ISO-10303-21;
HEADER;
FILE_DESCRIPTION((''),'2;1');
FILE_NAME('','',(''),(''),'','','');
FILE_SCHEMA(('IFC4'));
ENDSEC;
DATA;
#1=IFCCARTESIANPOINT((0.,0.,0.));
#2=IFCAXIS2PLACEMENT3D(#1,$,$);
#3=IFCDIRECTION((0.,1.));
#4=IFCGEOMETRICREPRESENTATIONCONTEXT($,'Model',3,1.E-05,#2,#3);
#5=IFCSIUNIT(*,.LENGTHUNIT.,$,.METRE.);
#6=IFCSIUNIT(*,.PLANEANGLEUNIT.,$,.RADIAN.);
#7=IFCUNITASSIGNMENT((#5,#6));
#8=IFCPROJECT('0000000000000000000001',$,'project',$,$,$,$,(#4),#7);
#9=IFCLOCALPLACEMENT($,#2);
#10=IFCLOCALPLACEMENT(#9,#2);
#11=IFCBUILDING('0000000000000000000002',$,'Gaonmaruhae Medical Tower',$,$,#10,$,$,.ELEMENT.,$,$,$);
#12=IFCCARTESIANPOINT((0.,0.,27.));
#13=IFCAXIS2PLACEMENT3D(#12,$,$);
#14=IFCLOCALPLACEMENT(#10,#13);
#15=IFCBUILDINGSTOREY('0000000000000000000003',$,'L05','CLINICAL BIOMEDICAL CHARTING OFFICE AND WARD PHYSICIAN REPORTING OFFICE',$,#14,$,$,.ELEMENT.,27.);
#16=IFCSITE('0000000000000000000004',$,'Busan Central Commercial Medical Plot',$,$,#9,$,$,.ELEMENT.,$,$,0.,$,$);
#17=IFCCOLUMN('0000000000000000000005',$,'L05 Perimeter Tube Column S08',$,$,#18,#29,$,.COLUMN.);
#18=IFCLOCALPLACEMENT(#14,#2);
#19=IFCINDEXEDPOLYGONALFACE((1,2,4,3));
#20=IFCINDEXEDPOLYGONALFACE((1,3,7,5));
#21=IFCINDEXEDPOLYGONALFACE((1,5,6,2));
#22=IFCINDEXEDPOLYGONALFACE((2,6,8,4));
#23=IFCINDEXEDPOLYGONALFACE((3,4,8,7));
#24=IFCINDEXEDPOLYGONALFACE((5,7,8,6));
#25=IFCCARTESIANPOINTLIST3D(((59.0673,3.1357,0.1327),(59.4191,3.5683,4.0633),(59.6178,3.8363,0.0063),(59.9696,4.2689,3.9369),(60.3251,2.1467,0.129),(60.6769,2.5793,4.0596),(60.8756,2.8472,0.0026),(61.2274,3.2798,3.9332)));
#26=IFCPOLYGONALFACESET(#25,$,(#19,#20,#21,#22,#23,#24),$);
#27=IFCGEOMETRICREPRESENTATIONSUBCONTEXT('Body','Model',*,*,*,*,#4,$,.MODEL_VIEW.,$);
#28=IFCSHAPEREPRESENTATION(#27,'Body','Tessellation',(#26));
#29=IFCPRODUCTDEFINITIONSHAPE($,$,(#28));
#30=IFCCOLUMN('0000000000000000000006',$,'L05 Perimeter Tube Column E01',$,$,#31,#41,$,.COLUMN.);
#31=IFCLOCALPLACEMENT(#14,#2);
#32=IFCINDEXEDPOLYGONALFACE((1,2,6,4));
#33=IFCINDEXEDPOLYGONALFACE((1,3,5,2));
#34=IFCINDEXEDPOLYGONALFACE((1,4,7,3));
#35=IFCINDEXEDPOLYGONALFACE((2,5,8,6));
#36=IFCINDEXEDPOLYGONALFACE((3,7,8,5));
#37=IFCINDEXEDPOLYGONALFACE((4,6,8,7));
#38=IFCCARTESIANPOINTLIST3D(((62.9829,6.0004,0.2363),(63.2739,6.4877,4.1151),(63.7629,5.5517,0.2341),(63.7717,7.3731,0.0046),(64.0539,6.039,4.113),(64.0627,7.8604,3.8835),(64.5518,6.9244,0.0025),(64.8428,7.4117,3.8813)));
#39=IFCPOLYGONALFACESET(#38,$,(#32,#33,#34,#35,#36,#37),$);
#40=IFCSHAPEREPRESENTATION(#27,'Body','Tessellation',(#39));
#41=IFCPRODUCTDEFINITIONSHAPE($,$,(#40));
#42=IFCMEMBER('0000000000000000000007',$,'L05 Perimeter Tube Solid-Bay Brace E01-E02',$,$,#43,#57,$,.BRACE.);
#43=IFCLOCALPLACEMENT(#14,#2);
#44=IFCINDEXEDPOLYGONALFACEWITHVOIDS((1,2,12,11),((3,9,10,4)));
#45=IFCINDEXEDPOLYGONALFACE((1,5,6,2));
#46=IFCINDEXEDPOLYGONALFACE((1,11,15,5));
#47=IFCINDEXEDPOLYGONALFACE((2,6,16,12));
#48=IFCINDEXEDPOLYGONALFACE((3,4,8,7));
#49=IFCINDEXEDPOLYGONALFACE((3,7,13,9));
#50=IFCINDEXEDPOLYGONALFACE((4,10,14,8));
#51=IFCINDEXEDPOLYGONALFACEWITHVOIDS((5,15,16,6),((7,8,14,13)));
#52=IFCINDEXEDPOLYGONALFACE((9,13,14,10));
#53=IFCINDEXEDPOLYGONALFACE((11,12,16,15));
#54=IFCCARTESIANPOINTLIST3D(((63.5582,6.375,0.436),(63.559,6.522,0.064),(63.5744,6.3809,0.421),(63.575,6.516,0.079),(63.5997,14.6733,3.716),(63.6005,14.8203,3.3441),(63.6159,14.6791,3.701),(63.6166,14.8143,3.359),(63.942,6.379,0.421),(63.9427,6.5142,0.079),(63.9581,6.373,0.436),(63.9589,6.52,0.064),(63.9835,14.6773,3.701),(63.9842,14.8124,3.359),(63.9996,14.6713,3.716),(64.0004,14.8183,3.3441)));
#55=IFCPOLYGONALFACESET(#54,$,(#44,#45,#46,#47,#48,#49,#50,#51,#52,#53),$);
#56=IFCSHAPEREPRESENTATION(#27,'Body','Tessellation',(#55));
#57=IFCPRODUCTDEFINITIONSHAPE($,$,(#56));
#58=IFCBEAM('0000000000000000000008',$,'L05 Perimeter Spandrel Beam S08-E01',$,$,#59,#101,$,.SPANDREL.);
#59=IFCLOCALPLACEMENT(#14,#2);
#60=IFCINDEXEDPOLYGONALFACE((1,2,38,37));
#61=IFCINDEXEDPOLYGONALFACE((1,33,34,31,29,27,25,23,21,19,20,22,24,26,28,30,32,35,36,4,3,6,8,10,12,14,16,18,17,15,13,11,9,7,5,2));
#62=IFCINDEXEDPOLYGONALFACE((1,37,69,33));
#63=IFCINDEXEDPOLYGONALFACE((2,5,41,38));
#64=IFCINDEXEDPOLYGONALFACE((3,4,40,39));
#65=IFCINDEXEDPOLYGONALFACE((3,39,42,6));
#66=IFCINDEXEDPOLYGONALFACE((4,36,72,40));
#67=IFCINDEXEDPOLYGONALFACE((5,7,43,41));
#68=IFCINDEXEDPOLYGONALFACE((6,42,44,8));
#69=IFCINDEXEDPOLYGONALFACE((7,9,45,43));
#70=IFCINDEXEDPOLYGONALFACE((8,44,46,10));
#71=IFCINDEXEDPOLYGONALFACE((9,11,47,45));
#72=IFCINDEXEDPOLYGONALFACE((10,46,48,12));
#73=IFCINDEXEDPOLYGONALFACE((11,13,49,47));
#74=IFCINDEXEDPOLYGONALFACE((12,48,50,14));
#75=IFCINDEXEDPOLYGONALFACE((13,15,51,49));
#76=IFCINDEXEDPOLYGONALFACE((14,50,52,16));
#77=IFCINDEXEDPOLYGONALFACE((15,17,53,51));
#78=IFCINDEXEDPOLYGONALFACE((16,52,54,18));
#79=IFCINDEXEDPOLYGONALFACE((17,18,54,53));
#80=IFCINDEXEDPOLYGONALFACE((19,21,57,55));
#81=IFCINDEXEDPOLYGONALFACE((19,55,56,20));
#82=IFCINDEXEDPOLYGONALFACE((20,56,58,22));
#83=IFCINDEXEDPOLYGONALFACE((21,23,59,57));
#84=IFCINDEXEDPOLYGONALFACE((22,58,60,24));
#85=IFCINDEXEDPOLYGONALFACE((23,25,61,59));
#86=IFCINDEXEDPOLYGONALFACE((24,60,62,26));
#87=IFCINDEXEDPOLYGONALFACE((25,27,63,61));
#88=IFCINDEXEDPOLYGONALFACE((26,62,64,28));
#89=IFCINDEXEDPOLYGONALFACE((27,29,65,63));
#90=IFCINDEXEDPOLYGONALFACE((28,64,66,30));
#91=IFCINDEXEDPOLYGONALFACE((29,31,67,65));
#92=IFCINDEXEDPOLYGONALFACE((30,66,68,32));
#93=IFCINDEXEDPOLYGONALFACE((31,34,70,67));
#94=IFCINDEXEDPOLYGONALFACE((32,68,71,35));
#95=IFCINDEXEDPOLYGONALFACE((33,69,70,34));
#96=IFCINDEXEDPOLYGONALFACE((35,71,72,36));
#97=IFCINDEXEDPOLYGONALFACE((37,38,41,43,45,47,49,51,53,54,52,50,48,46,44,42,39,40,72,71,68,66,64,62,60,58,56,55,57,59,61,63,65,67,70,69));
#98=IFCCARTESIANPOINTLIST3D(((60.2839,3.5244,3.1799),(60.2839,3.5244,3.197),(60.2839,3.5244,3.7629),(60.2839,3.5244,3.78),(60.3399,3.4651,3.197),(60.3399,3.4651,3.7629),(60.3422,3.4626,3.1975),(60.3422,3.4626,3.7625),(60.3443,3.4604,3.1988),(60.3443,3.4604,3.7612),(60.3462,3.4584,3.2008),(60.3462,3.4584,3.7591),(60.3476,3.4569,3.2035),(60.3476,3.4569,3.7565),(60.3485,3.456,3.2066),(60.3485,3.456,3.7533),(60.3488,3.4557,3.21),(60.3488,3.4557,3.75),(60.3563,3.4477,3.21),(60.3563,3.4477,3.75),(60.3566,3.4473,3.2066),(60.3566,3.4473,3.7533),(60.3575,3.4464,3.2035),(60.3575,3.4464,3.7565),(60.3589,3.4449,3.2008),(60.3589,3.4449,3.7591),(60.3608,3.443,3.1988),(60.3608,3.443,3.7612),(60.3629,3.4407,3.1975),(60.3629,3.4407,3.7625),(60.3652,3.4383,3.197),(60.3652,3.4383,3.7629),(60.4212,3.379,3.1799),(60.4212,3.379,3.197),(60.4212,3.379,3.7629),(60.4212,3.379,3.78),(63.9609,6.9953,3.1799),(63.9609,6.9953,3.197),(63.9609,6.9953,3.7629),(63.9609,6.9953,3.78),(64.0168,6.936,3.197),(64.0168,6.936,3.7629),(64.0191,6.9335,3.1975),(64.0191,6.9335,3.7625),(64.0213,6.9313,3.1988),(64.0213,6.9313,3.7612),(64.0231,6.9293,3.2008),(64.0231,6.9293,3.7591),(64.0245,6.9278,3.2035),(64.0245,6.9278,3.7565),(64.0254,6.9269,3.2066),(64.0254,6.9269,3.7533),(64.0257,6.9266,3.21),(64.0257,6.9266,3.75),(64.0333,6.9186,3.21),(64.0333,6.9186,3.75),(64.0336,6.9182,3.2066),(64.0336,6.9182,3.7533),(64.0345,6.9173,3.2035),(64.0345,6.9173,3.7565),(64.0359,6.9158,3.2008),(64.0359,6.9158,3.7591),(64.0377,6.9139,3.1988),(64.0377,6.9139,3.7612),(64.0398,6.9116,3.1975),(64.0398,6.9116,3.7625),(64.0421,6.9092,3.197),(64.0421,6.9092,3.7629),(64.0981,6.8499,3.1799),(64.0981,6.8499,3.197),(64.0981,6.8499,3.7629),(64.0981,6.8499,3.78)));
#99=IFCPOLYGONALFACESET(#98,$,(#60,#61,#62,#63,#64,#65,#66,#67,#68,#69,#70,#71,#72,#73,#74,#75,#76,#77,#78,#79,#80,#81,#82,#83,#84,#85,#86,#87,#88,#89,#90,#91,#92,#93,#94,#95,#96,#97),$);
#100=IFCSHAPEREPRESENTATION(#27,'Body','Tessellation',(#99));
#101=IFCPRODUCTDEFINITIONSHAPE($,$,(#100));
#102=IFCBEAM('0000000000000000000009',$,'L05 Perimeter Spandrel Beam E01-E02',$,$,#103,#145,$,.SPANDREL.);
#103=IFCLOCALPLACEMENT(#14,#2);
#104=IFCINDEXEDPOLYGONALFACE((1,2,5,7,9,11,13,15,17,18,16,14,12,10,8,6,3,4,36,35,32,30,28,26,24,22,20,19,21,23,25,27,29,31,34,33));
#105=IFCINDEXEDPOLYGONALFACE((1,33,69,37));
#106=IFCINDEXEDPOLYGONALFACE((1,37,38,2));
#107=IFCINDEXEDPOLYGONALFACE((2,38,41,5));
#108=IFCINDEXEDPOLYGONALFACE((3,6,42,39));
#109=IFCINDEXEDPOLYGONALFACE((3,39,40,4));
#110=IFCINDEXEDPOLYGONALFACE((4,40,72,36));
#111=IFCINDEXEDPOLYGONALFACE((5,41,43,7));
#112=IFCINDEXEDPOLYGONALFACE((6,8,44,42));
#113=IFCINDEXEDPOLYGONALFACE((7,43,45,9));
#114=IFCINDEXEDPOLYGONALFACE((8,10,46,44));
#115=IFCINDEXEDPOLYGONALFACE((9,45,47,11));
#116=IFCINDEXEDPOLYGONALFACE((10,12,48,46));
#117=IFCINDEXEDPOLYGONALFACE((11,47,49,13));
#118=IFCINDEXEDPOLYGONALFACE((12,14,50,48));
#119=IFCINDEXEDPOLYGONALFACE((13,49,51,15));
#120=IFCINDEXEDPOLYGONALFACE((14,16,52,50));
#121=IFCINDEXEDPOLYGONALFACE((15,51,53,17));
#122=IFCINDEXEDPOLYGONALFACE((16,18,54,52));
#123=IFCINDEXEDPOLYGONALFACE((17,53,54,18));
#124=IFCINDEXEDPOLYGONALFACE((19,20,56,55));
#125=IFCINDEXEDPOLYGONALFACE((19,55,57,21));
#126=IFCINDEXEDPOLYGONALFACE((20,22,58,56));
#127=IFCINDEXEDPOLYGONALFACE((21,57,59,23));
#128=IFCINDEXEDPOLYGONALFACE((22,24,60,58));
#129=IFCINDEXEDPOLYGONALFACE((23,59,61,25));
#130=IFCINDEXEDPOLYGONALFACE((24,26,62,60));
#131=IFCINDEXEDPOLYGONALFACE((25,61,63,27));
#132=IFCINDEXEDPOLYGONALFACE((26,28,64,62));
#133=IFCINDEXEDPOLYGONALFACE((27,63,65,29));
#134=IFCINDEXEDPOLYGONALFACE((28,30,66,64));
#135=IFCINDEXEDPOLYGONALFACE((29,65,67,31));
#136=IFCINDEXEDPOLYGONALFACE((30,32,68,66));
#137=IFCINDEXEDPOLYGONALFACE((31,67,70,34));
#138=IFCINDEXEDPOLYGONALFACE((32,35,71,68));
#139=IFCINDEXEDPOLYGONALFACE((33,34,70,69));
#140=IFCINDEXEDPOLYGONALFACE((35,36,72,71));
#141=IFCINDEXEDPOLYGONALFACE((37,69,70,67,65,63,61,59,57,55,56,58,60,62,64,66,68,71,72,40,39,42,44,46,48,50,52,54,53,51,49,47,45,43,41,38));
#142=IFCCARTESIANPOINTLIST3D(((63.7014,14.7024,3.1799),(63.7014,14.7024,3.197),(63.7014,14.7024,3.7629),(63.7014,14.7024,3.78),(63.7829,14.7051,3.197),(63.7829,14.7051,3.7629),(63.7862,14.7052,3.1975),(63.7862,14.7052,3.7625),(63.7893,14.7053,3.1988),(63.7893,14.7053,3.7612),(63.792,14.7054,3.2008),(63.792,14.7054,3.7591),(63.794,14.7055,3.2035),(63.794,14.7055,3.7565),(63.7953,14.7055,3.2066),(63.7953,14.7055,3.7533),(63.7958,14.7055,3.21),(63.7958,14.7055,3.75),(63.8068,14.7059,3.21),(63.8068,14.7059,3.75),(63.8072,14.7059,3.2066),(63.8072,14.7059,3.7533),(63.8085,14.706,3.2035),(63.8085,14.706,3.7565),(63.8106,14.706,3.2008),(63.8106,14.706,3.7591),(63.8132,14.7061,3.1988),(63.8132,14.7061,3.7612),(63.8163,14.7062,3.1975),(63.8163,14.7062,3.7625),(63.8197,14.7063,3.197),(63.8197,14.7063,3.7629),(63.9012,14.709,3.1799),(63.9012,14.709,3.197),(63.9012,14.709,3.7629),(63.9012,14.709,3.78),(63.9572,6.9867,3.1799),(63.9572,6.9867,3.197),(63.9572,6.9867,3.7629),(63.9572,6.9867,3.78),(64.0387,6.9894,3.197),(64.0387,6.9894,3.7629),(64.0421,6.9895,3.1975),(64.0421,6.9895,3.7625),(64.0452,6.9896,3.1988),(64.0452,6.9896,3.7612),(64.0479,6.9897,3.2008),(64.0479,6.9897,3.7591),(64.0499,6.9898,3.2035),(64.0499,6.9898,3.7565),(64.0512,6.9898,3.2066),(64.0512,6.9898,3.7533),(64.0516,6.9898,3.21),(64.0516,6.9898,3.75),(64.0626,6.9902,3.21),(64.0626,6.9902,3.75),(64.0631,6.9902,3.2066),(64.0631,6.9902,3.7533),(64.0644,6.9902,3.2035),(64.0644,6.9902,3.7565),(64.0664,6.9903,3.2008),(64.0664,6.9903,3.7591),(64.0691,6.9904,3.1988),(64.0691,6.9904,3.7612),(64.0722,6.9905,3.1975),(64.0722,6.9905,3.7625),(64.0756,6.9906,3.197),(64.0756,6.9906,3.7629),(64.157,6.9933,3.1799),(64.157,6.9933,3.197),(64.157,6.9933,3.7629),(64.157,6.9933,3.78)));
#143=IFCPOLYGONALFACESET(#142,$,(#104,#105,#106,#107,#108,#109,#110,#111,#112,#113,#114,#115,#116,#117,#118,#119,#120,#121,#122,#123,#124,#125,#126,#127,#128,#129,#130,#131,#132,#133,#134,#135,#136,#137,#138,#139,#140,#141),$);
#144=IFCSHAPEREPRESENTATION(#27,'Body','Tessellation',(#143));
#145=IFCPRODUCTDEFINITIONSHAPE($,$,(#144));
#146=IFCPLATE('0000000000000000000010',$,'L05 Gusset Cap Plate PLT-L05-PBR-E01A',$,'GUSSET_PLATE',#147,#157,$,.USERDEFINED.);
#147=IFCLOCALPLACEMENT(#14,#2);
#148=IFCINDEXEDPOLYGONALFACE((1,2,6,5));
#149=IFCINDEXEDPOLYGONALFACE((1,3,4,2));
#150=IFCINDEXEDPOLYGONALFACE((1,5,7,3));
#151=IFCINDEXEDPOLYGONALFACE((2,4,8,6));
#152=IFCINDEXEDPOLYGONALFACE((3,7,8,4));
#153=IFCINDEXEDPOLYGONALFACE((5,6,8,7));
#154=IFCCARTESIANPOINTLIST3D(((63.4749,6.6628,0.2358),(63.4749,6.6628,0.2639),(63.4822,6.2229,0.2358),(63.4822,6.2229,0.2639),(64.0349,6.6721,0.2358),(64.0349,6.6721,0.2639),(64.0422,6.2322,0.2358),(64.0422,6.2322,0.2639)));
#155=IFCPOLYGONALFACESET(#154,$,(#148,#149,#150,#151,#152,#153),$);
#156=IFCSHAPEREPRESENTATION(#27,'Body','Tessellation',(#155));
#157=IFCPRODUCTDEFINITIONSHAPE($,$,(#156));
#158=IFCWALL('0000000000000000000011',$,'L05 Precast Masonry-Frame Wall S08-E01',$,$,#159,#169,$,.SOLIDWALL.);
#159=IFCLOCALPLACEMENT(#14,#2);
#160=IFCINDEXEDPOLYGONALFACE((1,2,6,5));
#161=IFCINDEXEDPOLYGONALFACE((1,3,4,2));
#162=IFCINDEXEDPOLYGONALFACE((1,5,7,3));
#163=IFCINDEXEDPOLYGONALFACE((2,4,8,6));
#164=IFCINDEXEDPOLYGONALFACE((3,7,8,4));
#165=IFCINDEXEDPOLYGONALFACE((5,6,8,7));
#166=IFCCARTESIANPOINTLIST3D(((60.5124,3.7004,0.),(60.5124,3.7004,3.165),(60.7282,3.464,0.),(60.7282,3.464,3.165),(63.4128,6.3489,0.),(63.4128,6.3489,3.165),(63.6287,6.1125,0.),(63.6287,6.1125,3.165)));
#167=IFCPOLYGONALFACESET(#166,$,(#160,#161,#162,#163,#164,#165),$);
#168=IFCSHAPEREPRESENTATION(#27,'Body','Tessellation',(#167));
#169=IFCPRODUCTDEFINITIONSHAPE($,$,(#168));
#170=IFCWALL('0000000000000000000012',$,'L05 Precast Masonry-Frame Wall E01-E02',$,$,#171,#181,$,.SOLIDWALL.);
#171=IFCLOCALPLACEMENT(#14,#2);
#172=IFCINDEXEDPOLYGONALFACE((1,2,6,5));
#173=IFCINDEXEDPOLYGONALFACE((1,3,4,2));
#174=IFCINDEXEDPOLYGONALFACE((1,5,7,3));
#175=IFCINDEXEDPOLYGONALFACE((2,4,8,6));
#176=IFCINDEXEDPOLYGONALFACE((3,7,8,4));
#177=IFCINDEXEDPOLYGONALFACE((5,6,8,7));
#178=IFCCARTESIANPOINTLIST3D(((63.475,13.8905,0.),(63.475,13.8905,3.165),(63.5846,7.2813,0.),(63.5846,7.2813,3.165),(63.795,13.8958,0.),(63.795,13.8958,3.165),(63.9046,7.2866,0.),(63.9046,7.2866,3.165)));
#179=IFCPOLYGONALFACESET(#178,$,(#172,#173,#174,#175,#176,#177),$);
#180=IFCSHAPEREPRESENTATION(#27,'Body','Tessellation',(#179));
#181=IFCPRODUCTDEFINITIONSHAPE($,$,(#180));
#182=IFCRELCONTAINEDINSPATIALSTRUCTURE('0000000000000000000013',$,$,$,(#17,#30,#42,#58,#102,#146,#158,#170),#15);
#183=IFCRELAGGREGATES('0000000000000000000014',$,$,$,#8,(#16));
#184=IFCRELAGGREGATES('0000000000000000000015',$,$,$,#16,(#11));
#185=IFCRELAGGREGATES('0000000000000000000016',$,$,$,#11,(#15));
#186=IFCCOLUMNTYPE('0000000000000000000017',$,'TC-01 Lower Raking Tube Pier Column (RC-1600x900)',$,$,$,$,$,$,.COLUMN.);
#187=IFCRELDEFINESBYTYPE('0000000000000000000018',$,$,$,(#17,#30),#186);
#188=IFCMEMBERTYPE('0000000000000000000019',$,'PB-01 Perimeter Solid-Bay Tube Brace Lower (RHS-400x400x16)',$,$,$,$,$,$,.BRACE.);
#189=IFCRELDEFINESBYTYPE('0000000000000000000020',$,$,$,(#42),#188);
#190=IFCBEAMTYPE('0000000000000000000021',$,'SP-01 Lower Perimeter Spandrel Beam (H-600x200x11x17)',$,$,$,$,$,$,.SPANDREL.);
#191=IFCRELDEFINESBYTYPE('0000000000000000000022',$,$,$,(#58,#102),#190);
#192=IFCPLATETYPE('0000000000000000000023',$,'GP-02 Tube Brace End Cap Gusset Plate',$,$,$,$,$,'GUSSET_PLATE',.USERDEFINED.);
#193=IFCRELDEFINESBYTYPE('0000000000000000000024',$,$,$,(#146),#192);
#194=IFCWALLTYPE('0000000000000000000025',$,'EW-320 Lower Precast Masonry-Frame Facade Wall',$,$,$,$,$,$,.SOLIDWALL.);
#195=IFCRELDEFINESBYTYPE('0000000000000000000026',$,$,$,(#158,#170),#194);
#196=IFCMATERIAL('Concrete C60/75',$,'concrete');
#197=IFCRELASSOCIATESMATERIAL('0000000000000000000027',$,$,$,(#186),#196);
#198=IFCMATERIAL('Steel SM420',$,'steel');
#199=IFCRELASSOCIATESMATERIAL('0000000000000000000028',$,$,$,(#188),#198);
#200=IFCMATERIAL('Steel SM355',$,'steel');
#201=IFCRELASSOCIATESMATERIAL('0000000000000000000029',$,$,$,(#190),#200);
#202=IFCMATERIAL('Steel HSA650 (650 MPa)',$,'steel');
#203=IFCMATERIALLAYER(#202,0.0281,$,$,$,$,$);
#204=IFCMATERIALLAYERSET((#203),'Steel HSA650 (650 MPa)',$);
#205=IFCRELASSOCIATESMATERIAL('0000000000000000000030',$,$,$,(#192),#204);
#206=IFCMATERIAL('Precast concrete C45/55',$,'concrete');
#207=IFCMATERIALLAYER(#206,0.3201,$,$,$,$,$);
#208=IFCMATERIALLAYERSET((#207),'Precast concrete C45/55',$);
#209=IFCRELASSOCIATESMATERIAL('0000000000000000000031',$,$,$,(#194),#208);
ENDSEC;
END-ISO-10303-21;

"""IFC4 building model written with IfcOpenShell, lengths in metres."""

from ifc_helpers import new_model, si_unit, direction, frame, frame_2d, origin, origin_2d, place, context, subcontext, project, spatial, rectangle, hollow_rectangle, i_section, extrude, material, layer, layer_set, material_profile, profile_set, type_object, element, save


model = new_model("IFC4")

# Units and contexts
model_context = context("Model", 3, precision=1e-05, world=origin(), true_north=direction((0.0, 1.0)))
body_context = subcontext(model_context, "Body", "Model", "MODEL_VIEW")
ifc_project = project(units=[si_unit("LENGTHUNIT", "METRE"), si_unit("PLANEANGLEUNIT", "RADIAN")], contexts=[model_context])

# Site, building, storey
site_placement = place(None, origin())
site = spatial("IfcSite", under=ifc_project, at=site_placement, Name="Busan Central Commercial Medical Plot", CompositionType="ELEMENT", RefElevation=0.0)
building_placement = place(site_placement, origin())
building = spatial("IfcBuilding", under=site, at=building_placement, Name="Gaonmaruhae Medical Tower", CompositionType="ELEMENT")
storey_placement = place(building_placement, frame((0.0, 0.0, 27.0)))
storey = spatial("IfcBuildingStorey", under=building, at=storey_placement, Name="L05", Description="CLINICAL BIOMEDICAL CHARTING OFFICE AND WARD PHYSICIAN REPORTING OFFICE", CompositionType="ELEMENT", Elevation=27.0)

# Columns
ifc_material_1 = material(Name="Concrete C60/75", Category="concrete")
ifc_material_profile_1 = material_profile(ifc_material_1, rectangle(XDim=1.6001, YDim=0.8999, at=origin_2d()), Name="RC-1600x900")
ifc_profile_set_1 = profile_set([ifc_material_profile_1], Name="Concrete C60/75")
column_type = type_object("IfcColumnType", Name="TC-01 Lower Raking Tube Pier Column (RC-1600x900)", PredefinedType="COLUMN", material=ifc_profile_set_1)
column_1_placement = place(storey_placement, frame((59.9714, 2.9915, 0.0676), z_axis=(0.088616, 0.108971, 0.990087), x_axis=(-0.786096, 0.6181, 0.002329)))
element("IfcColumn", 1, at=column_1_placement, inside=storey, type_object=column_type, Name="L05 Perimeter Tube Column S08", PredefinedType="COLUMN", context=body_context, shape_type="SweptSolid", body=[
    extrude(rectangle(XDim=1.6001, YDim=0.8999, at=origin_2d()), origin(), (0.0, 0.0, 1.0), 3.97),
])
column_2_placement = place(storey_placement, frame((63.7673, 6.4624, 0.1194), z_axis=(0.074235, 0.124306, 0.989463), x_axis=(-0.493017, -0.857891, 0.144765)))
element("IfcColumn", 2, at=column_2_placement, inside=storey, type_object=column_type, Name="L05 Perimeter Tube Column E01", PredefinedType="COLUMN", context=body_context, shape_type="SweptSolid", body=[
    extrude(rectangle(XDim=1.6001, YDim=0.8999, at=origin_2d()), origin(), (0.0, 0.0, 1.0), 3.9202),
])

# Member
ifc_material_2 = material(Name="Steel SM420", Category="steel")
ifc_material_profile_2 = material_profile(ifc_material_2, hollow_rectangle(XDim=0.3999, YDim=0.3999, WallThickness=0.0161, at=origin_2d()), Name="RHS-400x400x16")
ifc_profile_set_2 = profile_set([ifc_material_profile_2], Name="Steel SM420")
member_type = type_object("IfcMemberType", Name="PB-01 Perimeter Solid-Bay Tube Brace Lower (RHS-400x400x16)", PredefinedType="BRACE", material=ifc_profile_set_2)
member_placement = place(storey_placement, frame((63.7585, 6.4475, 0.25), z_axis=(0.004651, 0.929978, 0.367586), x_axis=(-0.999987, 0.005001, 0.0)))
element("IfcMember", 3, at=member_placement, inside=storey, type_object=member_type, Name="L05 Perimeter Tube Solid-Bay Brace E01-E02", PredefinedType="BRACE", context=body_context, shape_type="SweptSolid", body=[
    extrude(hollow_rectangle(XDim=0.3999, YDim=0.3999, WallThickness=0.0161, at=origin_2d()), origin(), (0.0, 0.0, 1.0), 8.9231),
])

# Beams
ifc_material_3 = material(Name="Steel SM355", Category="steel")
ifc_material_profile_3 = material_profile(ifc_material_3, i_section(OverallWidth=0.2, OverallDepth=0.6001, WebThickness=0.011, FlangeThickness=0.0171, FilletRadius=0.0129, at=origin_2d()), Name="H-600x200x11x17")
ifc_profile_set_3 = profile_set([ifc_material_profile_3], Name="Steel SM355")
beam_type = type_object("IfcBeamType", Name="SP-01 Lower Perimeter Spandrel Beam (H-600x200x11x17)", PredefinedType="SPANDREL", material=ifc_profile_set_3)
beam_1_placement = place(storey_placement, frame((60.3525, 3.4517, 3.48), z_axis=(0.727189, 0.686438, 0.0), x_axis=(-0.686438, 0.727189, 0.0)))
element("IfcBeam", 4, at=beam_1_placement, inside=storey, type_object=beam_type, Name="L05 Perimeter Spandrel Beam S08-E01", PredefinedType="SPANDREL", context=body_context, shape_type="SweptSolid", body=[
    extrude(i_section(OverallWidth=0.2, OverallDepth=0.6001, WebThickness=0.011, FlangeThickness=0.0171, FilletRadius=0.0129, at=origin_2d()), origin(), (0.0, 0.0, 1.0), 5.0564),
])
beam_2_placement = place(storey_placement, frame((64.0571, 6.99, 3.48), z_axis=(-0.033142, 0.999451, 0.0), x_axis=(-0.999451, -0.033142, 0.0)))
element("IfcBeam", 5, at=beam_2_placement, inside=storey, type_object=beam_type, Name="L05 Perimeter Spandrel Beam E01-E02", PredefinedType="SPANDREL", context=body_context, shape_type="SweptSolid", body=[
    extrude(i_section(OverallWidth=0.2, OverallDepth=0.6001, WebThickness=0.011, FlangeThickness=0.0171, FilletRadius=0.0129, at=origin_2d()), origin(), (0.0, 0.0, 1.0), 7.72),
])

# Plate
ifc_material_4 = material(Name="Steel HSA650 (650 MPa)", Category="steel")
ifc_layer_1 = layer(ifc_material_4, 0.0281)
ifc_layer_set_1 = layer_set([ifc_layer_1], Name="Steel HSA650 (650 MPa)")
plate_type = type_object("IfcPlateType", Name="GP-02 Tube Brace End Cap Gusset Plate", ElementType="GUSSET_PLATE", PredefinedType="USERDEFINED", material=ifc_layer_set_1)
plate_placement = place(storey_placement, frame((63.7585, 6.4475, 0.2358), z_axis=(0.0, 0.0, 1.0), x_axis=(0.999863, 0.01658, 0.0)))
element("IfcPlate", 6, at=plate_placement, inside=storey, type_object=plate_type, Name="L05 Gusset Cap Plate PLT-L05-PBR-E01A", ObjectType="GUSSET_PLATE", PredefinedType="USERDEFINED", context=body_context, shape_type="SweptSolid", body=[
    extrude(rectangle(XDim=0.5601, YDim=0.4399, at=origin_2d()), origin(), (0.0, 0.0, 1.0), 0.0281),
])

# Walls
ifc_material_5 = material(Name="Precast concrete C45/55", Category="concrete")
ifc_layer_2 = layer(ifc_material_5, 0.3201)
ifc_layer_set_2 = layer_set([ifc_layer_2], Name="Precast concrete C45/55")
wall_type_1 = type_object("IfcWallType", Name="EW-320 Lower Precast Masonry-Frame Facade Wall", PredefinedType="SOLIDWALL", material=ifc_layer_set_2)
wall_1_placement = place(storey_placement, frame((63.5208, 6.2307, 0.0), z_axis=(0.0, 0.0, 1.0), x_axis=(-0.738453, -0.674305, 0.0)))
element("IfcWall", 7, at=wall_1_placement, inside=storey, type_object=wall_type_1, Name="L05 Precast Masonry-Frame Wall S08-E01", PredefinedType="SOLIDWALL", context=body_context, shape_type="SweptSolid", body=[
    extrude(rectangle(XDim=3.9277, YDim=0.3201, at=frame_2d((1.9639, 0.0))), origin(), (0.0, 0.0, 1.0), 3.165),
])
wall_2_placement = place(storey_placement, frame((63.635, 13.8933, 0.0), z_axis=(0.0, 0.0, 1.0), x_axis=(0.016584, -0.999862, 0.0)))
element("IfcWall", 8, at=wall_2_placement, inside=storey, type_object=wall_type_1, Name="L05 Precast Masonry-Frame Wall E01-E02", PredefinedType="SOLIDWALL", context=body_context, shape_type="SweptSolid", body=[
    extrude(rectangle(XDim=6.6101, YDim=0.3201, at=frame_2d((3.3052, 0.0))), origin(), (0.0, 0.0, 1.0), 3.165),
])

save(model, "model.ifc")
